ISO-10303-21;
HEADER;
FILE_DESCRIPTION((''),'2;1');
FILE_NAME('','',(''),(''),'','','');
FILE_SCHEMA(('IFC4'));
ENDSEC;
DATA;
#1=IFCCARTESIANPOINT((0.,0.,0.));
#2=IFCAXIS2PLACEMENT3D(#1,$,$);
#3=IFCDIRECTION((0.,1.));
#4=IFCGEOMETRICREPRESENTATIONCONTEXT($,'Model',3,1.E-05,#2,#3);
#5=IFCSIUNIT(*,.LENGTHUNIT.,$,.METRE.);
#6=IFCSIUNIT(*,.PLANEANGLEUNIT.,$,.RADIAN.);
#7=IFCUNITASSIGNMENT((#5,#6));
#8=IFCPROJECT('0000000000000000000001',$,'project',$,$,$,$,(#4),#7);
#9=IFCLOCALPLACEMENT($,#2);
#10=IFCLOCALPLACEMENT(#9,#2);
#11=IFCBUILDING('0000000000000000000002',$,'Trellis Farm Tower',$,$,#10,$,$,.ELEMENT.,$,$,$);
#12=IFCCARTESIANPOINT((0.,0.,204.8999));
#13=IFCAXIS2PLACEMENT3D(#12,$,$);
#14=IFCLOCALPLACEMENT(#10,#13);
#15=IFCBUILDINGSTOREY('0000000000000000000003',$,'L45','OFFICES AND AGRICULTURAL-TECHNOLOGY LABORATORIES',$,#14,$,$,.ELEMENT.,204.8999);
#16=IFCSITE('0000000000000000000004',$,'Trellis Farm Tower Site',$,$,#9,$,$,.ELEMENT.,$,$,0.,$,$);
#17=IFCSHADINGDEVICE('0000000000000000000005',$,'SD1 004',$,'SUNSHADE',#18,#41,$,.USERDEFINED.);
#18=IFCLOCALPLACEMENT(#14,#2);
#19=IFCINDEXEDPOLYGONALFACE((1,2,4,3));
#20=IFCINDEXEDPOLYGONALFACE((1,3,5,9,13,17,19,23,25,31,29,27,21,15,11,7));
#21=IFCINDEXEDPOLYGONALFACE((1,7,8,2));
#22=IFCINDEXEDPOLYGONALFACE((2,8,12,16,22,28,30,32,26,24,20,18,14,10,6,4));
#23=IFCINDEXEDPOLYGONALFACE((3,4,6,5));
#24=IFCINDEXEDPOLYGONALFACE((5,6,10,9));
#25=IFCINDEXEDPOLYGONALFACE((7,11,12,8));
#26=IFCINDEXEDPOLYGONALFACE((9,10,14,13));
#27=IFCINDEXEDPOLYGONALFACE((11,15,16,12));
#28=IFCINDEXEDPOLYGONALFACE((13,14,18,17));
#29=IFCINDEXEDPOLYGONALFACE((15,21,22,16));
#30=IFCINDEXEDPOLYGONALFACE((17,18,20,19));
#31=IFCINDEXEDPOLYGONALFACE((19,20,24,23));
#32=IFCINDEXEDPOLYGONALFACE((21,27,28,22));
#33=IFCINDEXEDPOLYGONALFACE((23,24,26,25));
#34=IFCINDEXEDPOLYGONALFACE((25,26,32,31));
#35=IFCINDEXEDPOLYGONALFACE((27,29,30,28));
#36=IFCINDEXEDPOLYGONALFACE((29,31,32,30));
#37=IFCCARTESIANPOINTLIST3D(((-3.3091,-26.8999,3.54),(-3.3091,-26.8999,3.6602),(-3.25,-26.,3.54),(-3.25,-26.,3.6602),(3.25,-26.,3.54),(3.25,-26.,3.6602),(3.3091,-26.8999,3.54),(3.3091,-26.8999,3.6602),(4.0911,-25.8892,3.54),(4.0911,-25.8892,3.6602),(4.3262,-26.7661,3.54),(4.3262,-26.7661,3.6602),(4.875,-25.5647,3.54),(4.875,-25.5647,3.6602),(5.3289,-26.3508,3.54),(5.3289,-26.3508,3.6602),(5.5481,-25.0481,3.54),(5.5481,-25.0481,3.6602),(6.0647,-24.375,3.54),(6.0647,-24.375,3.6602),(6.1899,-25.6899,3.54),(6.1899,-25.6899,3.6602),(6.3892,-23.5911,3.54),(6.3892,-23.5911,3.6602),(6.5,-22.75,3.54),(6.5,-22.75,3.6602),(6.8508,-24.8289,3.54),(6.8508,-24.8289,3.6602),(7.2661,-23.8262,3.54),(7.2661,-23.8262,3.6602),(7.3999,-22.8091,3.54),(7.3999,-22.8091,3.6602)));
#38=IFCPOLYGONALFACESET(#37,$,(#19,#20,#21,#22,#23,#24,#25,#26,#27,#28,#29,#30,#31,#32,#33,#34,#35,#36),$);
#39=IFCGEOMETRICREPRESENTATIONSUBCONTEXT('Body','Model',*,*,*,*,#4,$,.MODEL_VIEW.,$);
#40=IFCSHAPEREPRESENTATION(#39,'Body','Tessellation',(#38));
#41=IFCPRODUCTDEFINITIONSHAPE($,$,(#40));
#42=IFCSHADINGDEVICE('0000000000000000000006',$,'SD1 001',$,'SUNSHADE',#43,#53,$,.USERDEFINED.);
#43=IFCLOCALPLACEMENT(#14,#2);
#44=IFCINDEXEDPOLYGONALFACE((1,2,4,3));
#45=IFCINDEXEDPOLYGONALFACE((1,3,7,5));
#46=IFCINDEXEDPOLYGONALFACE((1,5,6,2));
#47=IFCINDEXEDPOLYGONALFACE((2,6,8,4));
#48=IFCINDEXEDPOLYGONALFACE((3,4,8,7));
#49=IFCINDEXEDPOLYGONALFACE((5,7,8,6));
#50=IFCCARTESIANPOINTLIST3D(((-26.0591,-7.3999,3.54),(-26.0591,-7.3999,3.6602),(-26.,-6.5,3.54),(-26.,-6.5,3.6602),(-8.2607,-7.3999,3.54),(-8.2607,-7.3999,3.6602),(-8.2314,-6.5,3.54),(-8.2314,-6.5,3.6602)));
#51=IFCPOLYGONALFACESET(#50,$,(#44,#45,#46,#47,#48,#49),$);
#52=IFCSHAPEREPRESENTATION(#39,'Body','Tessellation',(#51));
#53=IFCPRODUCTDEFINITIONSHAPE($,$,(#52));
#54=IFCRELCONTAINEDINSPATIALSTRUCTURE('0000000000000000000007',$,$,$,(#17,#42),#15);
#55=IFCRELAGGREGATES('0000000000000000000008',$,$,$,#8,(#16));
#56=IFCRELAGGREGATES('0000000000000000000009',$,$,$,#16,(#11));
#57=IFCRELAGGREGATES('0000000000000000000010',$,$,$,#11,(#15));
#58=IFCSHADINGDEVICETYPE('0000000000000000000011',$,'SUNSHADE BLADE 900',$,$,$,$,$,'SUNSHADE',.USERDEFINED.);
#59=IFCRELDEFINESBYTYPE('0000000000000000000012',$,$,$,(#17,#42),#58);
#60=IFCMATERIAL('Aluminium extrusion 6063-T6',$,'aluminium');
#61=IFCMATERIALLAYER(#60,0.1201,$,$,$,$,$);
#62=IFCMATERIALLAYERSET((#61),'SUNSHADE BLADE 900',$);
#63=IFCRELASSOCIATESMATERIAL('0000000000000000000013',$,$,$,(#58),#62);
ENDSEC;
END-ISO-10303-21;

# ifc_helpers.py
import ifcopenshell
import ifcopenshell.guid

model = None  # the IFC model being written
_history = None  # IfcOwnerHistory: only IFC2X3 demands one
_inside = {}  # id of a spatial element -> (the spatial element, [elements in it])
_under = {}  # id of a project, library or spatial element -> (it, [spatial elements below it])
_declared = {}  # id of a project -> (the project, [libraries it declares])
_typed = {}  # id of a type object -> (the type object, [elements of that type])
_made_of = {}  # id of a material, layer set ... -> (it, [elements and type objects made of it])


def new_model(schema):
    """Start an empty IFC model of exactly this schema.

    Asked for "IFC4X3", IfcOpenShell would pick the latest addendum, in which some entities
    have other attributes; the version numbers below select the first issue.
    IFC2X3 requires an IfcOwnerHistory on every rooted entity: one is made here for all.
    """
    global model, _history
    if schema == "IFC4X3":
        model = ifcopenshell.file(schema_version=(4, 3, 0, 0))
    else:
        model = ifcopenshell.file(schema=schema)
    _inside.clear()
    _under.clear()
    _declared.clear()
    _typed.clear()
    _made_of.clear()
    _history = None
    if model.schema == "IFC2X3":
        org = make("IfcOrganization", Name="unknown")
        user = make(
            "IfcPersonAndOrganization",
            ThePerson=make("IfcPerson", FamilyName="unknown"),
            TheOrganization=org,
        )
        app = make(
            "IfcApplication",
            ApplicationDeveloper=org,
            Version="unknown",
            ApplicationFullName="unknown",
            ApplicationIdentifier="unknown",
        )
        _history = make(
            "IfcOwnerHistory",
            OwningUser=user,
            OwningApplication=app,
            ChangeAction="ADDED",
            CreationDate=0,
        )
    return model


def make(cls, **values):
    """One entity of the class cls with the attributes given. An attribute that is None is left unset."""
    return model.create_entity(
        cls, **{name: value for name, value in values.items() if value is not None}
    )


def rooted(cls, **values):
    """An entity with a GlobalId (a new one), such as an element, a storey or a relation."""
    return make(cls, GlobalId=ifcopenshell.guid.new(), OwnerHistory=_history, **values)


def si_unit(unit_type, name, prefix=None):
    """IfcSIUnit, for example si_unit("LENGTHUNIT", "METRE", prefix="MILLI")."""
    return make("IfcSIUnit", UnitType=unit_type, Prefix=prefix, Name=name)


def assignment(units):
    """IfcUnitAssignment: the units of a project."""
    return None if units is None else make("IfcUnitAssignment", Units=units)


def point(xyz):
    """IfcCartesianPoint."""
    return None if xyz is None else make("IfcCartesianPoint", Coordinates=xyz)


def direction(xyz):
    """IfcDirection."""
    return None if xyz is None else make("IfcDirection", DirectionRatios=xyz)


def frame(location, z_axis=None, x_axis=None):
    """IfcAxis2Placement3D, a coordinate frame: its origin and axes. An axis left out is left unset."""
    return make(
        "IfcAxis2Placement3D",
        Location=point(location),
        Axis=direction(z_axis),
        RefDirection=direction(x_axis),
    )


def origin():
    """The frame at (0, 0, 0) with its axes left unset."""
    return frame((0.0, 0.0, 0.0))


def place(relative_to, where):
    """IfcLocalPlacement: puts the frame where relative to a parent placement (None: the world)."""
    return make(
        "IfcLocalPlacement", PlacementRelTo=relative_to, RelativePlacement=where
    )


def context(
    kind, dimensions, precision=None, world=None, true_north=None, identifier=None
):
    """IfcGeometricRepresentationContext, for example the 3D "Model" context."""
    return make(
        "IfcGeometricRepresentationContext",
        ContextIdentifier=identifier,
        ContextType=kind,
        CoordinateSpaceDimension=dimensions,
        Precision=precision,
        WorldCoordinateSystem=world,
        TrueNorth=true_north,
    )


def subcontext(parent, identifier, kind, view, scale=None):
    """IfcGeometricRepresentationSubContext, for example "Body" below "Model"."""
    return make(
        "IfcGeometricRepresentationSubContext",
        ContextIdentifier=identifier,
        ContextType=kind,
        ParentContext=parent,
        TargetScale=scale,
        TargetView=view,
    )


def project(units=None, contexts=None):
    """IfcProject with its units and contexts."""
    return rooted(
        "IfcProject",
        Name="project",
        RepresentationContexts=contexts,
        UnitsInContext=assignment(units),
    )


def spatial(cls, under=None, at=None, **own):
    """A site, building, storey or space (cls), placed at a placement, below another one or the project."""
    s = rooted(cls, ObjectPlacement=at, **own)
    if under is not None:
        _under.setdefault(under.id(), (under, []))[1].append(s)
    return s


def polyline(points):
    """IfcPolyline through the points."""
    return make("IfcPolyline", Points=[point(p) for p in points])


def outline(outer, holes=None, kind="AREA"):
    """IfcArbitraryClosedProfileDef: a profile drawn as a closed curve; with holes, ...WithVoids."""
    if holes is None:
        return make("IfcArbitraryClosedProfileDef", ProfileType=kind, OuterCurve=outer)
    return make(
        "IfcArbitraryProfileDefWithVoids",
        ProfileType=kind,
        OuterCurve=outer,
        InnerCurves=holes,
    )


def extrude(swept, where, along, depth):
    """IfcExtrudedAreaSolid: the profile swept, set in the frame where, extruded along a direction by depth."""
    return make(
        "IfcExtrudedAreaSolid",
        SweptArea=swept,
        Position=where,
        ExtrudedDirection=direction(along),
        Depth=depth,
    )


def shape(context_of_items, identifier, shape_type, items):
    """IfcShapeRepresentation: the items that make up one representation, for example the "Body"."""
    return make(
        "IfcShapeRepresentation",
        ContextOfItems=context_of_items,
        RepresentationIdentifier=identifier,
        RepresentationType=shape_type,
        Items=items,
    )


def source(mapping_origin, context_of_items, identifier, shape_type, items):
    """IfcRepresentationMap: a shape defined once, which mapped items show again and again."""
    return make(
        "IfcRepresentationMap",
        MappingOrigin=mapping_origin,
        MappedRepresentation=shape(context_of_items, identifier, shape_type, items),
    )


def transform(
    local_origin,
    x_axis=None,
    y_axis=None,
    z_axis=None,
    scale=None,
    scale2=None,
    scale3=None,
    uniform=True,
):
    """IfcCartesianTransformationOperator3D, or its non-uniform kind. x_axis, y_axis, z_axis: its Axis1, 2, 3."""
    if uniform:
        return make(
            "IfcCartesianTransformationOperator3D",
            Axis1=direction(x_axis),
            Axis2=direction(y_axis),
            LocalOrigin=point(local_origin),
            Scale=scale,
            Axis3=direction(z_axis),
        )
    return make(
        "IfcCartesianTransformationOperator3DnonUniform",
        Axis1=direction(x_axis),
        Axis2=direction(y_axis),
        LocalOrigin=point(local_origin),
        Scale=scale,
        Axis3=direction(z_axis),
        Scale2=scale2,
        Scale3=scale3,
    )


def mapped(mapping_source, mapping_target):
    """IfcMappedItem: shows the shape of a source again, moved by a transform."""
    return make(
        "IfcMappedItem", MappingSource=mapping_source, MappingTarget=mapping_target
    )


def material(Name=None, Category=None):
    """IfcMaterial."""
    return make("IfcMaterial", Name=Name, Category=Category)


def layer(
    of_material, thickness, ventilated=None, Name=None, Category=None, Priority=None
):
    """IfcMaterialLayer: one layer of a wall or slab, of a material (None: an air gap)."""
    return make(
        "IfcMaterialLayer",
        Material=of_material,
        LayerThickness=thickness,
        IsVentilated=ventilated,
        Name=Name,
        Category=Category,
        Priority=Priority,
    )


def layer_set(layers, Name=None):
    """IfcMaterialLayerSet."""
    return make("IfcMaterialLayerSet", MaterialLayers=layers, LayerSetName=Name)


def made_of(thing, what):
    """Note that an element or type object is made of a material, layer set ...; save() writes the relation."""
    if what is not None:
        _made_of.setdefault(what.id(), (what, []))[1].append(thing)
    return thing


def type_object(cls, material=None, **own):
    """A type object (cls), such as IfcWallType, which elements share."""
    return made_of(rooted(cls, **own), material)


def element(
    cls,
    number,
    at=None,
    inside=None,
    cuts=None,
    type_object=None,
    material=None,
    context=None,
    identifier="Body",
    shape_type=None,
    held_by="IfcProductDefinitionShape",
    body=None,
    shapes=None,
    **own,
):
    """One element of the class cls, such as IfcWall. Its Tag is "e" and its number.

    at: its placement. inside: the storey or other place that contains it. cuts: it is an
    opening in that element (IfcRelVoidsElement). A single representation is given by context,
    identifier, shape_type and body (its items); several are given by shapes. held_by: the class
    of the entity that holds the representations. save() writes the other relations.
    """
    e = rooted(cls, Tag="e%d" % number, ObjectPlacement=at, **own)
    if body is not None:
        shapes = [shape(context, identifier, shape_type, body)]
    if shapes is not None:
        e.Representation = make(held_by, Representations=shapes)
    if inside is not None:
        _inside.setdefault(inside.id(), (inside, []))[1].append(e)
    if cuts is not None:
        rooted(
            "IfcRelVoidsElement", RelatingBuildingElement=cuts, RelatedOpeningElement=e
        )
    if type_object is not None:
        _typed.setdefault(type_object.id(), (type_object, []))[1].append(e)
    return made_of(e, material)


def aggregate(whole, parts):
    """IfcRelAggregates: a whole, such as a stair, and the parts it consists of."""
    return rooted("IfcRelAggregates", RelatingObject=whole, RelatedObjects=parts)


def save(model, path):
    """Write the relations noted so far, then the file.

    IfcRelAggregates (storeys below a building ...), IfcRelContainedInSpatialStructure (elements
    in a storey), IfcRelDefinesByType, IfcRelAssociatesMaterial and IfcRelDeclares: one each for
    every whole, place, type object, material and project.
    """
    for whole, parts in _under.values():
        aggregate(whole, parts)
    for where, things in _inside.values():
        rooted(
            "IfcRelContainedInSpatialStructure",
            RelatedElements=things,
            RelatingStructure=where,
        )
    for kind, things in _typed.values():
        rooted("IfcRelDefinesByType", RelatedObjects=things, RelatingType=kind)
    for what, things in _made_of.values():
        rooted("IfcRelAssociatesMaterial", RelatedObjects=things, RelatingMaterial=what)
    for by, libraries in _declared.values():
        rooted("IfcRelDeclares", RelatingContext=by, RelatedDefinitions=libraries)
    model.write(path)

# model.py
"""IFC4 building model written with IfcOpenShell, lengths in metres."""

from ifc_helpers import new_model, si_unit, direction, frame, origin, place, context, subcontext, project, spatial, polyline, outline, extrude, source, transform, mapped, material, layer, layer_set, type_object, element, save


model = new_model("IFC4")

# Units and contexts
model_context = context("Model", 3, precision=1e-05, world=origin(), true_north=direction((0.0, 1.0)))
body_context = subcontext(model_context, "Body", "Model", "MODEL_VIEW")
ifc_project = project(units=[si_unit("LENGTHUNIT", "METRE"), si_unit("PLANEANGLEUNIT", "RADIAN")], contexts=[model_context])

# Site, building, storey
site_placement = place(None, origin())
site = spatial("IfcSite", under=ifc_project, at=site_placement, Name="Trellis Farm Tower Site", CompositionType="ELEMENT", RefElevation=0.0)
building_placement = place(site_placement, origin())
building = spatial("IfcBuilding", under=site, at=building_placement, Name="Trellis Farm Tower", CompositionType="ELEMENT")
storey_placement = place(building_placement, frame((0.0, 0.0, 204.8999)))
storey = spatial("IfcBuildingStorey", under=building, at=storey_placement, Name="L45", Description="OFFICES AND AGRICULTURAL-TECHNOLOGY LABORATORIES", CompositionType="ELEMENT", Elevation=204.8999)

# Shared definitions
ifc_material_1 = material(Name="Aluminium extrusion 6063-T6", Category="aluminium")

# Shading devices
ifc_layer_1 = layer(ifc_material_1, 0.1201)
ifc_layer_set_1 = layer_set([ifc_layer_1], Name="SUNSHADE BLADE 900")
shading_device_type_1 = type_object("IfcShadingDeviceType", Name="SUNSHADE BLADE 900", ElementType="SUNSHADE", PredefinedType="USERDEFINED", material=ifc_layer_set_1)
placement_1 = place(storey_placement, frame((0.0, 0.0, 3.54)))
shared_shape_1 = source(origin(), body_context, "Body", "SweptSolid", [
    extrude(outline(polyline([(-3.3091, -26.8999), (3.3091, -26.8999), (4.3262, -26.7661), (5.3289, -26.3508), (6.1899, -25.6899), (6.8508, -24.8289), (7.2661, -23.8262), (7.3999, -22.8091), (6.5, -22.75), (6.3892, -23.5911), (6.0647, -24.375), (5.5481, -25.0481), (4.875, -25.5647), (4.0911, -25.8892), (3.25, -26.0), (-3.25, -26.0), (-3.3091, -26.8999)])), origin(), (0.0, 0.0, 1.0), 0.1201),
])
element("IfcShadingDevice", 1, at=placement_1, inside=storey, type_object=shading_device_type_1, Name="SD1 004", ObjectType="SUNSHADE", PredefinedType="USERDEFINED", context=body_context, shape_type="MappedRepresentation", body=[
    mapped(shared_shape_1, transform((0.0, 0.0, 0.0))),
])
shared_shape_2 = source(origin(), body_context, "Body", "SweptSolid", [
    extrude(outline(polyline([(-26.0591, -7.3999), (-8.2607, -7.3999), (-8.2314, -6.5), (-26.0, -6.5), (-26.0591, -7.3999)])), origin(), (0.0, 0.0, 1.0), 0.1201),
])
element("IfcShadingDevice", 2, at=placement_1, inside=storey, type_object=shading_device_type_1, Name="SD1 001", ObjectType="SUNSHADE", PredefinedType="USERDEFINED", context=body_context, shape_type="MappedRepresentation", body=[
    mapped(shared_shape_2, transform((0.0, 0.0, 0.0))),
])

save(model, "model.ifc")
